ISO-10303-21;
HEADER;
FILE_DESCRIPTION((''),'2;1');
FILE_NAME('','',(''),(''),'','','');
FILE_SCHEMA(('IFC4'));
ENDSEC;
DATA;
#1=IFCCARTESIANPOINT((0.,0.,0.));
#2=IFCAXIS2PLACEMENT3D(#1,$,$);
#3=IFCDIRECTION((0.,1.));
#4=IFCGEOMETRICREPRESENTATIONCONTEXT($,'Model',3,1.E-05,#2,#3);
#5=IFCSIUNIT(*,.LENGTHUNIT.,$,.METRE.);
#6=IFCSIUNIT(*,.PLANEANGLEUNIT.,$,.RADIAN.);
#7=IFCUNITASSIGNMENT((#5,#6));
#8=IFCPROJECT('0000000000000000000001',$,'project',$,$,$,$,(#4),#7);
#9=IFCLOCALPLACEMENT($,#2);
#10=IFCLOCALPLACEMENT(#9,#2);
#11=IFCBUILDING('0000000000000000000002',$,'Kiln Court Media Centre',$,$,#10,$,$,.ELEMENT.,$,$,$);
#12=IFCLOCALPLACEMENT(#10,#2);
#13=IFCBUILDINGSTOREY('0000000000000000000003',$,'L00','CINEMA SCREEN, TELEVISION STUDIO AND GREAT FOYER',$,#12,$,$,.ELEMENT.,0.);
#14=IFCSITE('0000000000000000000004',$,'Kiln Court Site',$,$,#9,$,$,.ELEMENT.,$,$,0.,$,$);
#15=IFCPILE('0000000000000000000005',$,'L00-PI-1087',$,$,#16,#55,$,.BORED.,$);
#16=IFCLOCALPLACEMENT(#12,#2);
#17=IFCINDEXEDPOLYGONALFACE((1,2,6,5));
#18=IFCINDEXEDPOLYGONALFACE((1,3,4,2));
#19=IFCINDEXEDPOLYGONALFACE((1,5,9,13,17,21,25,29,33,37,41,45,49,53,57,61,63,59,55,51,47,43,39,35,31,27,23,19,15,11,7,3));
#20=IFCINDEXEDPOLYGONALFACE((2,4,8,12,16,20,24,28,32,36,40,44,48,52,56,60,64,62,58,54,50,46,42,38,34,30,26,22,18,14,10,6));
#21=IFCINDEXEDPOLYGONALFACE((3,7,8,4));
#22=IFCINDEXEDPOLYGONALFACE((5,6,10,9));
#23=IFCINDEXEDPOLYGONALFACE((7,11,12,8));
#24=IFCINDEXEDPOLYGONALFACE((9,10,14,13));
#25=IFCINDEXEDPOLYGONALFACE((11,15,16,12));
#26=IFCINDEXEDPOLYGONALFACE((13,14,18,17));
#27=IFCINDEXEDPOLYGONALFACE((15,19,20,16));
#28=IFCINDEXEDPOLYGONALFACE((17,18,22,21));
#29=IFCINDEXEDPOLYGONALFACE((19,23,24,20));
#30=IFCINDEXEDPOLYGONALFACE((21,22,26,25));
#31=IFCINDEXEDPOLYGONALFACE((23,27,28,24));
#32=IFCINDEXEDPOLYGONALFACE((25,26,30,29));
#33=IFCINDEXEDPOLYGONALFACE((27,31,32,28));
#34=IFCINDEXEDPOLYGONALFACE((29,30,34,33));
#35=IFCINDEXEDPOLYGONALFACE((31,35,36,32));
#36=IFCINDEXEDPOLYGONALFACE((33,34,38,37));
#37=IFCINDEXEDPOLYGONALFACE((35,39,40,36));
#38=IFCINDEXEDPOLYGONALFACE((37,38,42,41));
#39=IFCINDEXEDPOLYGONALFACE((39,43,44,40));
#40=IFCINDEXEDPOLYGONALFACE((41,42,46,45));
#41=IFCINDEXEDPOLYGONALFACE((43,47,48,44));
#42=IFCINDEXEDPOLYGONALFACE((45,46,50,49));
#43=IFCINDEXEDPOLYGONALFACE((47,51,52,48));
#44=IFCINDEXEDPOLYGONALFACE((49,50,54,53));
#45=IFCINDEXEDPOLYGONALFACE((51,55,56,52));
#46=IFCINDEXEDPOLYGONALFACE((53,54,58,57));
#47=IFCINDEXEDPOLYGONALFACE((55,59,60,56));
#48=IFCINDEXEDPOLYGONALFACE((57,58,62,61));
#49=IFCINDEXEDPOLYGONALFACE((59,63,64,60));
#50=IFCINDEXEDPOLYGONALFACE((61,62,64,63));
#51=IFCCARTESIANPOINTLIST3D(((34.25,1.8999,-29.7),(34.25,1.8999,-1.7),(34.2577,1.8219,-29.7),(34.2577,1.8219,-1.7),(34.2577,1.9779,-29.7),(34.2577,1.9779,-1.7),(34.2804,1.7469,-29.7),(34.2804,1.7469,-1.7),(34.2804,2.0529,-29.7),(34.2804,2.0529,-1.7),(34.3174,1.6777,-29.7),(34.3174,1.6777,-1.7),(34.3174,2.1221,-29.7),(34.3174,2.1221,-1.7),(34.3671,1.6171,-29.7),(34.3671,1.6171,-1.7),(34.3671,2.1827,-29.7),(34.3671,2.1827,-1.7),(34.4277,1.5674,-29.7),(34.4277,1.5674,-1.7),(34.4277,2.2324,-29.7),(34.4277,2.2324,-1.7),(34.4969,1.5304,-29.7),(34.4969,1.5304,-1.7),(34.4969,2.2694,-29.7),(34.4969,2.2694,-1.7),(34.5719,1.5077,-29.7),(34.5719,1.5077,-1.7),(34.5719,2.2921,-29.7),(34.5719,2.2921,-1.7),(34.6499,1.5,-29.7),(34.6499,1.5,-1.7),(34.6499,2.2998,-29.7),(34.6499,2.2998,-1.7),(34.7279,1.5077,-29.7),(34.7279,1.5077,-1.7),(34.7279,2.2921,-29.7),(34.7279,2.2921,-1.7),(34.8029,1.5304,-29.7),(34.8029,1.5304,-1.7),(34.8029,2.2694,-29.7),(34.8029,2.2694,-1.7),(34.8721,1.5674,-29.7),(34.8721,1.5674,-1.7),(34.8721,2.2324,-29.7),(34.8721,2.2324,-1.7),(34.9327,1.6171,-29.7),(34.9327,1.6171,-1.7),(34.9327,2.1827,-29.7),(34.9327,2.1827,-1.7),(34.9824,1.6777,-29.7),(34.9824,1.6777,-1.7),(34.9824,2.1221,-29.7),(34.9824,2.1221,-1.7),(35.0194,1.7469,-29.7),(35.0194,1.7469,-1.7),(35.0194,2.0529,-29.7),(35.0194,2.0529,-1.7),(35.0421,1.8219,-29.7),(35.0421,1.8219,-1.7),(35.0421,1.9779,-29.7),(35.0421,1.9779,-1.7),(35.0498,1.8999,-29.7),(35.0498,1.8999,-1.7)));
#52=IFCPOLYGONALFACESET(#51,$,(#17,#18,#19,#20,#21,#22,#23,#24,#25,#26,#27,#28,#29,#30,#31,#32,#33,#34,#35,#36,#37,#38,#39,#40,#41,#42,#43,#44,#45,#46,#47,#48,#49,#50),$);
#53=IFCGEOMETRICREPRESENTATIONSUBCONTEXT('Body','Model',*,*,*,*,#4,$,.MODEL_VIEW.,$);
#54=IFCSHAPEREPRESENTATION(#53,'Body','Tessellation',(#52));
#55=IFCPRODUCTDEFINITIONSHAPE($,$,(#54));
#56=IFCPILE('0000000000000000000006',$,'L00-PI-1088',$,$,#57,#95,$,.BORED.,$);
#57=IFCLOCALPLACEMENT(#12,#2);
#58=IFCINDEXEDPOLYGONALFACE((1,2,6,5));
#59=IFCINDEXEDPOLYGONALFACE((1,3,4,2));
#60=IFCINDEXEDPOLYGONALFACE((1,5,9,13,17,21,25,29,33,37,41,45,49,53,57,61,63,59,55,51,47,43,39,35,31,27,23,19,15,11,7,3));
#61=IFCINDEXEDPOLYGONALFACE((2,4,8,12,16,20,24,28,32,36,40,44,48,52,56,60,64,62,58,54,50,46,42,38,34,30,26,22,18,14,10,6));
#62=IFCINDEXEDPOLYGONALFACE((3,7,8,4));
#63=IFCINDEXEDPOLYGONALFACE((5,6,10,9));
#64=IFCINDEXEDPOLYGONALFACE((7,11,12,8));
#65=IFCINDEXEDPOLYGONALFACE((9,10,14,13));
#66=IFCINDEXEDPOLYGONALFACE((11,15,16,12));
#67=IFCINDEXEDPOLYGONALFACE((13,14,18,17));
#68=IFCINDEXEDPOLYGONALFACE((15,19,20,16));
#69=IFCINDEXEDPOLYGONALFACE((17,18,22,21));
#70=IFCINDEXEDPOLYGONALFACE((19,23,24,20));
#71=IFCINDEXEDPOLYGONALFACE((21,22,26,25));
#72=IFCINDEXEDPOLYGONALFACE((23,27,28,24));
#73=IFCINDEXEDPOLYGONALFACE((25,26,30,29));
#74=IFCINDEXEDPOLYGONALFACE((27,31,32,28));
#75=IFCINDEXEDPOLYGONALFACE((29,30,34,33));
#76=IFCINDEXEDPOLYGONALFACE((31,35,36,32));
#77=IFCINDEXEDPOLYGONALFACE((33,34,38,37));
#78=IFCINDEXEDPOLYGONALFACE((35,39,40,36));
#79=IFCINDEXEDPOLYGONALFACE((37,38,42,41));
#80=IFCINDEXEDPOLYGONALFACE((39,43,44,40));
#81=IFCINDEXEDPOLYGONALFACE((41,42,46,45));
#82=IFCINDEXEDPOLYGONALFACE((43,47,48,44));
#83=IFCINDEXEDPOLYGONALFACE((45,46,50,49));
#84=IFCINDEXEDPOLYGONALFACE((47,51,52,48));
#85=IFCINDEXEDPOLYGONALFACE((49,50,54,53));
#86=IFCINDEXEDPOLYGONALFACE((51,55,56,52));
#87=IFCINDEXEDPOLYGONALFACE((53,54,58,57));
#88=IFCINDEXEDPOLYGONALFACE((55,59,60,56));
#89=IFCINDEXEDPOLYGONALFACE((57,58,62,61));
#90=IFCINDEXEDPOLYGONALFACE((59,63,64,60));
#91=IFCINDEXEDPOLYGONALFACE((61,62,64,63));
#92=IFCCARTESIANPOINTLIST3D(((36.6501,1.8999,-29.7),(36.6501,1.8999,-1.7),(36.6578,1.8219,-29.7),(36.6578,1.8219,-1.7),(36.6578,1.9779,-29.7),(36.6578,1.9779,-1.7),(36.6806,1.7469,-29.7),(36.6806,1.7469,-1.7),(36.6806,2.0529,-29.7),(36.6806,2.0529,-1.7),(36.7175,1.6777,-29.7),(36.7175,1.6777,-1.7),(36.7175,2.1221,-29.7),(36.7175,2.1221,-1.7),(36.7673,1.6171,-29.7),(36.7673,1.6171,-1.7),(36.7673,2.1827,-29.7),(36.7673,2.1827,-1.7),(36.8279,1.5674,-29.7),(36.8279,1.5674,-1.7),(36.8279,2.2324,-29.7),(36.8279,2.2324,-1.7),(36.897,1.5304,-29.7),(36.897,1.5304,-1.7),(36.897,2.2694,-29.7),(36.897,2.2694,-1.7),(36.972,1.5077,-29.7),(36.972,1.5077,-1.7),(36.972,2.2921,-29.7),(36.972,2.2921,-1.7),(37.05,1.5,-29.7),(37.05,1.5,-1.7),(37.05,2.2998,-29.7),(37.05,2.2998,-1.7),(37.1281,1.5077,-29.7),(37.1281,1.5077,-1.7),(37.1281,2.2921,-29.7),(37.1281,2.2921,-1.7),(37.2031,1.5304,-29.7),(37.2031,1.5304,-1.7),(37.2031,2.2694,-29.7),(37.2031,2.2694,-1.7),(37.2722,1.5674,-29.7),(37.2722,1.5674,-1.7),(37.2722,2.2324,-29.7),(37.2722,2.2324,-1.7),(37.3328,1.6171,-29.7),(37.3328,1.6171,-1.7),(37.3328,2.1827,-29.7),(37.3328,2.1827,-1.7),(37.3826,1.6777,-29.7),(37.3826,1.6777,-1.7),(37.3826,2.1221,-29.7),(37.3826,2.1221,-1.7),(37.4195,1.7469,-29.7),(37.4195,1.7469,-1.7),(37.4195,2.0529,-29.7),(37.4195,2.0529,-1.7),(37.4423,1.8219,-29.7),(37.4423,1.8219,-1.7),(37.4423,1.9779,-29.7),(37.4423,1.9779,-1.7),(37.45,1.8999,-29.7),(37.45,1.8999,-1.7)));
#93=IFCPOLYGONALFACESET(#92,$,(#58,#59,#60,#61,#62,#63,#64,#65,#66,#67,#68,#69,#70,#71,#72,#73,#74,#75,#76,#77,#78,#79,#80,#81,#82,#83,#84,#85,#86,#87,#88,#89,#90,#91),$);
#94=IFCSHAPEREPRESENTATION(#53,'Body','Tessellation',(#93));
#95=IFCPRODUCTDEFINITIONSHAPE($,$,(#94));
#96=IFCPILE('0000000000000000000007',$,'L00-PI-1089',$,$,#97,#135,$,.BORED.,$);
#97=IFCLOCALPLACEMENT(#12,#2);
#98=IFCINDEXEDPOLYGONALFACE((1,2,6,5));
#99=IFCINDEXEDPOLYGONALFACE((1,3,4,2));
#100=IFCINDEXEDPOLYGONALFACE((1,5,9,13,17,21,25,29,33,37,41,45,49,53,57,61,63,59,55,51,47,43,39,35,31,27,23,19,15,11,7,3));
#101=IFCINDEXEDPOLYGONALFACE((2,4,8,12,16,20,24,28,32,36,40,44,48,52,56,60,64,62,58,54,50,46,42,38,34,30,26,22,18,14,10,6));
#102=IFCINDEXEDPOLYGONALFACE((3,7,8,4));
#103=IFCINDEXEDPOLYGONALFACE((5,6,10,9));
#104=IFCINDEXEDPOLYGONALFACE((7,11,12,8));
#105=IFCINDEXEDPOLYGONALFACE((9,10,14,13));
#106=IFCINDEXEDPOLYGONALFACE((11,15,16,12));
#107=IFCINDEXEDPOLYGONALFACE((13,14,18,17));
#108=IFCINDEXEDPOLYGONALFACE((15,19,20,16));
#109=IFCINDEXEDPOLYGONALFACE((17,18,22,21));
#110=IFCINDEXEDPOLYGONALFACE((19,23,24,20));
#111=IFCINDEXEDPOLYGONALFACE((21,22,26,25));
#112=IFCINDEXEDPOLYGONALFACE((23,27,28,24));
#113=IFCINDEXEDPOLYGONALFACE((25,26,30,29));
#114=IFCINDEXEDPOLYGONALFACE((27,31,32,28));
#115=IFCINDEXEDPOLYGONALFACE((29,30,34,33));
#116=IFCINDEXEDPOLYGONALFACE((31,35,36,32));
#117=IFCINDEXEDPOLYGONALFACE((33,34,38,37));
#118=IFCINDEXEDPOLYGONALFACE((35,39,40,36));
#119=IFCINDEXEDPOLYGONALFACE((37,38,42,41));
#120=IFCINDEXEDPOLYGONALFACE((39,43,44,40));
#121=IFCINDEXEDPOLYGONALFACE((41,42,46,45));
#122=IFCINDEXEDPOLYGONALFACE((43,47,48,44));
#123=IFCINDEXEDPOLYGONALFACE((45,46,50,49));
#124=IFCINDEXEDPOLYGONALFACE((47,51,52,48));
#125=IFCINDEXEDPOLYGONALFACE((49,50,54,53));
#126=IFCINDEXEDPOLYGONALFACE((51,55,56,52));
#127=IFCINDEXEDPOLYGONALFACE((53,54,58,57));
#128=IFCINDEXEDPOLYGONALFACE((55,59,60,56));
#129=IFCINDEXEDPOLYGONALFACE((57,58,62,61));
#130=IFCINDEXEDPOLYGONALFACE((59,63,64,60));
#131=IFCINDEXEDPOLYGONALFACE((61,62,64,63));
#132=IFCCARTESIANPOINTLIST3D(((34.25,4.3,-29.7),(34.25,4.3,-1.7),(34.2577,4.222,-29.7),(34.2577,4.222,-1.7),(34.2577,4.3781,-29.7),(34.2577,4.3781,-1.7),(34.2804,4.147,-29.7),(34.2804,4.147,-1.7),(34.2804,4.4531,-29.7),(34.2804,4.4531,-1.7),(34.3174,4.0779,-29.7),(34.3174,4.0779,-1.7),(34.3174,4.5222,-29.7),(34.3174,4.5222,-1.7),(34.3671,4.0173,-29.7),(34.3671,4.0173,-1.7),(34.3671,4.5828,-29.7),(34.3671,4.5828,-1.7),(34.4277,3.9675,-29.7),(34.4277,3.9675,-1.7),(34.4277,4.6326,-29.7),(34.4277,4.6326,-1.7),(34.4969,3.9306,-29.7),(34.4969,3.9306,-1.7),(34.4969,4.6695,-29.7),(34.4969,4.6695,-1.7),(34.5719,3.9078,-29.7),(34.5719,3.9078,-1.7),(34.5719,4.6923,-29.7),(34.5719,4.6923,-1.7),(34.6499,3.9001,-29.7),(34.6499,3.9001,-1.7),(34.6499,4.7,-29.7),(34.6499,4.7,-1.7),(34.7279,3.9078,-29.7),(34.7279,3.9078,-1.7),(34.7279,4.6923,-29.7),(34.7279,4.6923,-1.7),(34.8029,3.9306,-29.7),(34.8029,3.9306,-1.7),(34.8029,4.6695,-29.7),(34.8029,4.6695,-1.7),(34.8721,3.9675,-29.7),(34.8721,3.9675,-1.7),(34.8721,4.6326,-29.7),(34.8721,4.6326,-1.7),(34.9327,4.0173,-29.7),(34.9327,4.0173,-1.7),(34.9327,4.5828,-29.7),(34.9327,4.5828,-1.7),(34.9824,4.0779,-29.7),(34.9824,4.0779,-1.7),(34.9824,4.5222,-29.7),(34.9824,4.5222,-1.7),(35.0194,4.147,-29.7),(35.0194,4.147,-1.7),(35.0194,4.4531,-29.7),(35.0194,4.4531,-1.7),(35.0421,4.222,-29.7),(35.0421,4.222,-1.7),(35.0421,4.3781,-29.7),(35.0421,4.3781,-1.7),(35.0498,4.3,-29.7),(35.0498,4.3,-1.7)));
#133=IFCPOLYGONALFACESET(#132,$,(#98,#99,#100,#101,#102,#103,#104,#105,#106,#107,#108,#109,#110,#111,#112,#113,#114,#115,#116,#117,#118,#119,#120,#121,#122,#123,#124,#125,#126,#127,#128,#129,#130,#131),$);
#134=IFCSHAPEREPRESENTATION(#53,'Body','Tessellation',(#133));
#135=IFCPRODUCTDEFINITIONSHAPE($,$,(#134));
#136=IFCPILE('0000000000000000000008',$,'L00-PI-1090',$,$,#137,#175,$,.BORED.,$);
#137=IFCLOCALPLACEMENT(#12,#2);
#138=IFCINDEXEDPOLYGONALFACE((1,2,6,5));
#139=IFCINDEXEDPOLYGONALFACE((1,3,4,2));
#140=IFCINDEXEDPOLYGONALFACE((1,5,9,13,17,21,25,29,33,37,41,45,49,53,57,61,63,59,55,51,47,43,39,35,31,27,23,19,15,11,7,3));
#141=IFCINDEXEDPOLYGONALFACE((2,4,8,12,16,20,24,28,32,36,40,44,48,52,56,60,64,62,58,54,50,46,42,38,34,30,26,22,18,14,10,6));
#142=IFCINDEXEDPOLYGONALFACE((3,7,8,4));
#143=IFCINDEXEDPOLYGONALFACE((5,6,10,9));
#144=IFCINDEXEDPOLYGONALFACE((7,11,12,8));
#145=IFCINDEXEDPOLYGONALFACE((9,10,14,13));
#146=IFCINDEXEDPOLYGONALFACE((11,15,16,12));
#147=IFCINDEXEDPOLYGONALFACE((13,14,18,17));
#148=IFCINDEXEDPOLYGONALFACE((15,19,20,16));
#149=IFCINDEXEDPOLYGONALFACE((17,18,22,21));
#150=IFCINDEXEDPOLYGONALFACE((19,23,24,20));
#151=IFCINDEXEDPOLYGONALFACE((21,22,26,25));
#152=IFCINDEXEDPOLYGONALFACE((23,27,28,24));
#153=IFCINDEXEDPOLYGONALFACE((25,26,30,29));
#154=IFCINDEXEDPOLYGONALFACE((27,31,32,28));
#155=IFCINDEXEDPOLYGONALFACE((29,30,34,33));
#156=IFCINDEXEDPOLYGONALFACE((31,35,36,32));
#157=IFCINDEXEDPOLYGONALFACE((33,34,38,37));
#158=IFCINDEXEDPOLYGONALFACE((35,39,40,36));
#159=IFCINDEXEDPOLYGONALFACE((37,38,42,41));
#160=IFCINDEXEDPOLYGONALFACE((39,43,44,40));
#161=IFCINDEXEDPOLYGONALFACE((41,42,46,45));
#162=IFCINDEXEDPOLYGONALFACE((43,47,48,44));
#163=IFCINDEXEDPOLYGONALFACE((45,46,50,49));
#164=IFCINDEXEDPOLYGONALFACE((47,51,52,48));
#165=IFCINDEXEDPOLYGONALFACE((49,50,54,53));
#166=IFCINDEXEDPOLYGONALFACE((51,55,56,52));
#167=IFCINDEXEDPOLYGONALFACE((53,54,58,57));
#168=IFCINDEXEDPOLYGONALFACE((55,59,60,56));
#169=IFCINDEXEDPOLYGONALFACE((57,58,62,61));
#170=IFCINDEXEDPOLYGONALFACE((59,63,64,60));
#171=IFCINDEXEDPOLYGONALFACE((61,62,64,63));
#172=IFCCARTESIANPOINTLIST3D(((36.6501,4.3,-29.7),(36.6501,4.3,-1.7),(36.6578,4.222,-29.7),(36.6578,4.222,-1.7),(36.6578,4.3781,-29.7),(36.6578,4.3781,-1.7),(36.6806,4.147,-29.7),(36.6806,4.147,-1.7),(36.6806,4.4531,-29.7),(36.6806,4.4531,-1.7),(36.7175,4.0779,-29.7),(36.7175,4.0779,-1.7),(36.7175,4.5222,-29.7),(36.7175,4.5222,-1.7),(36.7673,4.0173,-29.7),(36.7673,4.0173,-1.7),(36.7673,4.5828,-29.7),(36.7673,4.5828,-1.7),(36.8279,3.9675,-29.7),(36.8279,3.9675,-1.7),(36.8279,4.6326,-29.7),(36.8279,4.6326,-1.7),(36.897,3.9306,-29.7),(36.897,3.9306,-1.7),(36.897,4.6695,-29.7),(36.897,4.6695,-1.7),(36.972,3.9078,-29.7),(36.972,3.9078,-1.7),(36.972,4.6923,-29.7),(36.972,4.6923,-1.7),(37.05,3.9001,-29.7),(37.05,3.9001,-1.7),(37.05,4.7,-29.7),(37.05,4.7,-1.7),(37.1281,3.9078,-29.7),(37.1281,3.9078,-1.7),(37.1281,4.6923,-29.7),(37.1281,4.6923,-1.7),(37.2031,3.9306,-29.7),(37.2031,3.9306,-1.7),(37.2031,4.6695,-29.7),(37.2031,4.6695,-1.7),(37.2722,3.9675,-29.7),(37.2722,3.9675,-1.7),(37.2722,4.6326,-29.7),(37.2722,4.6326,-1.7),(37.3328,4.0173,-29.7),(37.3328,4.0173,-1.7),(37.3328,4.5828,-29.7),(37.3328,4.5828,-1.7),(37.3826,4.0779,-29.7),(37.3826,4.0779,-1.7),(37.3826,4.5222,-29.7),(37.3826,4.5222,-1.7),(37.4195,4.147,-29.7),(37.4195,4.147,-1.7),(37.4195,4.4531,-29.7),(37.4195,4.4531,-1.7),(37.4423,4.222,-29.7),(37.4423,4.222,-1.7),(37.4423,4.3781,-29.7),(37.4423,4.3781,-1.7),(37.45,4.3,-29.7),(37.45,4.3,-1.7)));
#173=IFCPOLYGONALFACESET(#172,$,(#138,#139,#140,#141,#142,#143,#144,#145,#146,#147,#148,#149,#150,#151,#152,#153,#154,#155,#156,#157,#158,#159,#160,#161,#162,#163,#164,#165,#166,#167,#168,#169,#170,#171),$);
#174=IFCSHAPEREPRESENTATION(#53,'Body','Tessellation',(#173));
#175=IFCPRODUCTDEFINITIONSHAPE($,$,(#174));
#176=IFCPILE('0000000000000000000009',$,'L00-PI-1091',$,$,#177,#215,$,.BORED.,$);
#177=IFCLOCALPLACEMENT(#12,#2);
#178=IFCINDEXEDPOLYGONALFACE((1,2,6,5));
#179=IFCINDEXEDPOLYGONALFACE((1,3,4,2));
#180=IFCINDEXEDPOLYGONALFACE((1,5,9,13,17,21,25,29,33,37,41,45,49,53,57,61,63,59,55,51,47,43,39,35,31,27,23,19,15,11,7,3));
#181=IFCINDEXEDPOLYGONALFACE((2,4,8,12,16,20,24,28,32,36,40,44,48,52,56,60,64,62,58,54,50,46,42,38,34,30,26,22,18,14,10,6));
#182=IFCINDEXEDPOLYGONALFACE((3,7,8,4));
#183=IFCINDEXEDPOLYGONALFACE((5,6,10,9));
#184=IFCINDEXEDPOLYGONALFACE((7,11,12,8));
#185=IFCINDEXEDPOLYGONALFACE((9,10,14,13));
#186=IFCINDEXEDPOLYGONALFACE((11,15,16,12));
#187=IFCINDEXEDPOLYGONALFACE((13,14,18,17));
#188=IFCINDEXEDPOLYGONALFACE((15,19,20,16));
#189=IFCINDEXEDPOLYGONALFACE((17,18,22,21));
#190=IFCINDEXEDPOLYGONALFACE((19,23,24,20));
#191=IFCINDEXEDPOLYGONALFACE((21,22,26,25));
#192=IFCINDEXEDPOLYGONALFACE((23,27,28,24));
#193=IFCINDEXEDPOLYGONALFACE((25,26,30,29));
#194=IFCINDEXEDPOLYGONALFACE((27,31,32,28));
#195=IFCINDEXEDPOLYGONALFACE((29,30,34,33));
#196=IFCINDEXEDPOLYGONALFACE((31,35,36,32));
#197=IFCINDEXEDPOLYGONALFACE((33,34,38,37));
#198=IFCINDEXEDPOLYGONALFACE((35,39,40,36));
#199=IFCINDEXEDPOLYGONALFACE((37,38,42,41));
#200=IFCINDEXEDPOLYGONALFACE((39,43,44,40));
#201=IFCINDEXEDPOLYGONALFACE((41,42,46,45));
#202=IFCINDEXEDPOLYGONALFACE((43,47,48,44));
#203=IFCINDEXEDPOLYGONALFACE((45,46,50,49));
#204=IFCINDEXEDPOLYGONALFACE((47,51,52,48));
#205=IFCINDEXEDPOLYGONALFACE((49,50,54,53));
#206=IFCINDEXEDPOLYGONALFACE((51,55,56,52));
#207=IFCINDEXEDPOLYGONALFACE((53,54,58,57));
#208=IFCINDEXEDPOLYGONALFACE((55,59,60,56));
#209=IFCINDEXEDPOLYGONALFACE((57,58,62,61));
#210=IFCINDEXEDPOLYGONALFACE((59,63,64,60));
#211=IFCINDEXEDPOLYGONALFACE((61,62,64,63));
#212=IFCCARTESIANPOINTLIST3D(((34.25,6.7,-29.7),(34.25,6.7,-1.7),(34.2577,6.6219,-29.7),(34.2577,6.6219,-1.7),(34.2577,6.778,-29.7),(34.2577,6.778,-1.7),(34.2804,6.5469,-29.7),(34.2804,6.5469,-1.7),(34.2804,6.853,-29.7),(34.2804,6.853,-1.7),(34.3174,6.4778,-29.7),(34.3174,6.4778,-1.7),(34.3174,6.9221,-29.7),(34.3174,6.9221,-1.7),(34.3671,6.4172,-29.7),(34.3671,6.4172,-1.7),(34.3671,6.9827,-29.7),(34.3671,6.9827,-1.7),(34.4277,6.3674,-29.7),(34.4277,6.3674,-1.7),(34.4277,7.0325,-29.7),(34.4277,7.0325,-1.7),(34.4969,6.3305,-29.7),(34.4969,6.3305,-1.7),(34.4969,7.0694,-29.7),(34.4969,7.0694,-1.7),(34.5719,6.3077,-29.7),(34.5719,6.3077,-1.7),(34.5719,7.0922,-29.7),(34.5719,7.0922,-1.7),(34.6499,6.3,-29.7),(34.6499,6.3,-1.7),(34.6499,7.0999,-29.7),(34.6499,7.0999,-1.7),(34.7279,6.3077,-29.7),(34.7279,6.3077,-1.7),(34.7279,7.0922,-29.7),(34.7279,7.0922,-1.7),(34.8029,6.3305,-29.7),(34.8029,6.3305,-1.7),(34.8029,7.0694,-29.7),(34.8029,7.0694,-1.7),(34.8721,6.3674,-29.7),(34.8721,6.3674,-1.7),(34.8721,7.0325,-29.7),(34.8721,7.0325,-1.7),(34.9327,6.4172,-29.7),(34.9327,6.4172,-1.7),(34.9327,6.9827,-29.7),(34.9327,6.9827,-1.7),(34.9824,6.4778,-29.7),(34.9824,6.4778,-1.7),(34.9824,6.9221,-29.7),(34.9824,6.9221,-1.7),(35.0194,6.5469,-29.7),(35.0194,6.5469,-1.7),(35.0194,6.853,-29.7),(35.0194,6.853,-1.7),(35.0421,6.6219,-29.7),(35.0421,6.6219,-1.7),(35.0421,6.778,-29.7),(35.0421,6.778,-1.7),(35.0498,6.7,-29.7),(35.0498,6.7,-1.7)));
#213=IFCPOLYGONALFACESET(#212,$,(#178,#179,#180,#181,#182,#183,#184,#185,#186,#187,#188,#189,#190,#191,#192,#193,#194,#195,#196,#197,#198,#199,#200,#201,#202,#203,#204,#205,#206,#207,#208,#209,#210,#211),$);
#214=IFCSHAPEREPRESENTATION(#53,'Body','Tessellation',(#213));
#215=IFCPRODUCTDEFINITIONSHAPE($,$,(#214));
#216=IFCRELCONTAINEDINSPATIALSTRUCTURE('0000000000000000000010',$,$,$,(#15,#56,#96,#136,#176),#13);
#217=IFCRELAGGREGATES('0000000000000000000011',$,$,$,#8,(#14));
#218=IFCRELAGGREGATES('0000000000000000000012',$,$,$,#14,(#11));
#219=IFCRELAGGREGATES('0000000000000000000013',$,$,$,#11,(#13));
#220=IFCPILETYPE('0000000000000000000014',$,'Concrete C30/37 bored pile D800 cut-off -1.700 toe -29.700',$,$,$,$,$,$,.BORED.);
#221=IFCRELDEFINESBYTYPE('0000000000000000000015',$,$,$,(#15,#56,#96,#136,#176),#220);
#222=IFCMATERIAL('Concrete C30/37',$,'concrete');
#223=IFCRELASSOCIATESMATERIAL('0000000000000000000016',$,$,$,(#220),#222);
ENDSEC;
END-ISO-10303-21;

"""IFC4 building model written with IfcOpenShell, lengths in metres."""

from ifc_helpers import new_model, si_unit, direction, frame, origin, origin_2d, place, context, subcontext, project, spatial, circle, extrude, material, material_profile, profile_set, type_object, element, save


model = new_model("IFC4")

# Units and contexts
model_context = context("Model", 3, precision=1e-05, world=origin(), true_north=direction((0.0, 1.0)))
body_context = subcontext(model_context, "Body", "Model", "MODEL_VIEW")
ifc_project = project(units=[si_unit("LENGTHUNIT", "METRE"), si_unit("PLANEANGLEUNIT", "RADIAN")], contexts=[model_context])

# Site, building, storey
site_placement = place(None, origin())
site = spatial("IfcSite", under=ifc_project, at=site_placement, Name="Kiln Court Site", CompositionType="ELEMENT", RefElevation=0.0)
building_placement = place(site_placement, origin())
building = spatial("IfcBuilding", under=site, at=building_placement, Name="Kiln Court Media Centre", CompositionType="ELEMENT")
storey_placement = place(building_placement, origin())
storey = spatial("IfcBuildingStorey", under=building, at=storey_placement, Name="L00", Description="CINEMA SCREEN, TELEVISION STUDIO AND GREAT FOYER", CompositionType="ELEMENT", Elevation=0.0)

# Piles
ifc_material_1 = material(Name="Concrete C30/37", Category="concrete")
ifc_material_profile = material_profile(ifc_material_1, circle(Radius=0.3999, at=origin_2d()), Name="PILE D800")
ifc_profile_set = profile_set([ifc_material_profile], Name="Concrete C30/37")
pile_type = type_object("IfcPileType", Name="Concrete C30/37 bored pile D800 cut-off -1.700 toe -29.700", PredefinedType="BORED", material=ifc_profile_set)
for number, where, z_axis, x_axis, name in (
    (1, (34.6499, 1.8999, -1.7), (0.0, 0.0, -1.0), (1.0, 0.0, 0.0), "L00-PI-1087"),
    (2, (37.05, 1.8999, -1.7), (0.0, 0.0, -1.0), (1.0, 0.0, 0.0), "L00-PI-1088"),
    (3, (34.6499, 4.3, -1.7), (0.0, 0.0, -1.0), (1.0, 0.0, 0.0), "L00-PI-1089"),
    (4, (37.05, 4.3, -1.7), (0.0, 0.0, -1.0), (1.0, 0.0, 0.0), "L00-PI-1090"),
    (5, (34.6499, 6.7, -1.7), (0.0, 0.0, -1.0), (1.0, 0.0, 0.0), "L00-PI-1091"),
):
    element("IfcPile", number, at=place(storey_placement, frame(where, z_axis=z_axis, x_axis=x_axis)), inside=storey, type_object=pile_type, Name=name, PredefinedType="BORED", context=body_context, shape_type="SweptSolid", body=[
        extrude(circle(Radius=0.3999, at=origin_2d()), origin(), (0.0, 0.0, 1.0), 28.0),
    ])

save(model, "model.ifc")
